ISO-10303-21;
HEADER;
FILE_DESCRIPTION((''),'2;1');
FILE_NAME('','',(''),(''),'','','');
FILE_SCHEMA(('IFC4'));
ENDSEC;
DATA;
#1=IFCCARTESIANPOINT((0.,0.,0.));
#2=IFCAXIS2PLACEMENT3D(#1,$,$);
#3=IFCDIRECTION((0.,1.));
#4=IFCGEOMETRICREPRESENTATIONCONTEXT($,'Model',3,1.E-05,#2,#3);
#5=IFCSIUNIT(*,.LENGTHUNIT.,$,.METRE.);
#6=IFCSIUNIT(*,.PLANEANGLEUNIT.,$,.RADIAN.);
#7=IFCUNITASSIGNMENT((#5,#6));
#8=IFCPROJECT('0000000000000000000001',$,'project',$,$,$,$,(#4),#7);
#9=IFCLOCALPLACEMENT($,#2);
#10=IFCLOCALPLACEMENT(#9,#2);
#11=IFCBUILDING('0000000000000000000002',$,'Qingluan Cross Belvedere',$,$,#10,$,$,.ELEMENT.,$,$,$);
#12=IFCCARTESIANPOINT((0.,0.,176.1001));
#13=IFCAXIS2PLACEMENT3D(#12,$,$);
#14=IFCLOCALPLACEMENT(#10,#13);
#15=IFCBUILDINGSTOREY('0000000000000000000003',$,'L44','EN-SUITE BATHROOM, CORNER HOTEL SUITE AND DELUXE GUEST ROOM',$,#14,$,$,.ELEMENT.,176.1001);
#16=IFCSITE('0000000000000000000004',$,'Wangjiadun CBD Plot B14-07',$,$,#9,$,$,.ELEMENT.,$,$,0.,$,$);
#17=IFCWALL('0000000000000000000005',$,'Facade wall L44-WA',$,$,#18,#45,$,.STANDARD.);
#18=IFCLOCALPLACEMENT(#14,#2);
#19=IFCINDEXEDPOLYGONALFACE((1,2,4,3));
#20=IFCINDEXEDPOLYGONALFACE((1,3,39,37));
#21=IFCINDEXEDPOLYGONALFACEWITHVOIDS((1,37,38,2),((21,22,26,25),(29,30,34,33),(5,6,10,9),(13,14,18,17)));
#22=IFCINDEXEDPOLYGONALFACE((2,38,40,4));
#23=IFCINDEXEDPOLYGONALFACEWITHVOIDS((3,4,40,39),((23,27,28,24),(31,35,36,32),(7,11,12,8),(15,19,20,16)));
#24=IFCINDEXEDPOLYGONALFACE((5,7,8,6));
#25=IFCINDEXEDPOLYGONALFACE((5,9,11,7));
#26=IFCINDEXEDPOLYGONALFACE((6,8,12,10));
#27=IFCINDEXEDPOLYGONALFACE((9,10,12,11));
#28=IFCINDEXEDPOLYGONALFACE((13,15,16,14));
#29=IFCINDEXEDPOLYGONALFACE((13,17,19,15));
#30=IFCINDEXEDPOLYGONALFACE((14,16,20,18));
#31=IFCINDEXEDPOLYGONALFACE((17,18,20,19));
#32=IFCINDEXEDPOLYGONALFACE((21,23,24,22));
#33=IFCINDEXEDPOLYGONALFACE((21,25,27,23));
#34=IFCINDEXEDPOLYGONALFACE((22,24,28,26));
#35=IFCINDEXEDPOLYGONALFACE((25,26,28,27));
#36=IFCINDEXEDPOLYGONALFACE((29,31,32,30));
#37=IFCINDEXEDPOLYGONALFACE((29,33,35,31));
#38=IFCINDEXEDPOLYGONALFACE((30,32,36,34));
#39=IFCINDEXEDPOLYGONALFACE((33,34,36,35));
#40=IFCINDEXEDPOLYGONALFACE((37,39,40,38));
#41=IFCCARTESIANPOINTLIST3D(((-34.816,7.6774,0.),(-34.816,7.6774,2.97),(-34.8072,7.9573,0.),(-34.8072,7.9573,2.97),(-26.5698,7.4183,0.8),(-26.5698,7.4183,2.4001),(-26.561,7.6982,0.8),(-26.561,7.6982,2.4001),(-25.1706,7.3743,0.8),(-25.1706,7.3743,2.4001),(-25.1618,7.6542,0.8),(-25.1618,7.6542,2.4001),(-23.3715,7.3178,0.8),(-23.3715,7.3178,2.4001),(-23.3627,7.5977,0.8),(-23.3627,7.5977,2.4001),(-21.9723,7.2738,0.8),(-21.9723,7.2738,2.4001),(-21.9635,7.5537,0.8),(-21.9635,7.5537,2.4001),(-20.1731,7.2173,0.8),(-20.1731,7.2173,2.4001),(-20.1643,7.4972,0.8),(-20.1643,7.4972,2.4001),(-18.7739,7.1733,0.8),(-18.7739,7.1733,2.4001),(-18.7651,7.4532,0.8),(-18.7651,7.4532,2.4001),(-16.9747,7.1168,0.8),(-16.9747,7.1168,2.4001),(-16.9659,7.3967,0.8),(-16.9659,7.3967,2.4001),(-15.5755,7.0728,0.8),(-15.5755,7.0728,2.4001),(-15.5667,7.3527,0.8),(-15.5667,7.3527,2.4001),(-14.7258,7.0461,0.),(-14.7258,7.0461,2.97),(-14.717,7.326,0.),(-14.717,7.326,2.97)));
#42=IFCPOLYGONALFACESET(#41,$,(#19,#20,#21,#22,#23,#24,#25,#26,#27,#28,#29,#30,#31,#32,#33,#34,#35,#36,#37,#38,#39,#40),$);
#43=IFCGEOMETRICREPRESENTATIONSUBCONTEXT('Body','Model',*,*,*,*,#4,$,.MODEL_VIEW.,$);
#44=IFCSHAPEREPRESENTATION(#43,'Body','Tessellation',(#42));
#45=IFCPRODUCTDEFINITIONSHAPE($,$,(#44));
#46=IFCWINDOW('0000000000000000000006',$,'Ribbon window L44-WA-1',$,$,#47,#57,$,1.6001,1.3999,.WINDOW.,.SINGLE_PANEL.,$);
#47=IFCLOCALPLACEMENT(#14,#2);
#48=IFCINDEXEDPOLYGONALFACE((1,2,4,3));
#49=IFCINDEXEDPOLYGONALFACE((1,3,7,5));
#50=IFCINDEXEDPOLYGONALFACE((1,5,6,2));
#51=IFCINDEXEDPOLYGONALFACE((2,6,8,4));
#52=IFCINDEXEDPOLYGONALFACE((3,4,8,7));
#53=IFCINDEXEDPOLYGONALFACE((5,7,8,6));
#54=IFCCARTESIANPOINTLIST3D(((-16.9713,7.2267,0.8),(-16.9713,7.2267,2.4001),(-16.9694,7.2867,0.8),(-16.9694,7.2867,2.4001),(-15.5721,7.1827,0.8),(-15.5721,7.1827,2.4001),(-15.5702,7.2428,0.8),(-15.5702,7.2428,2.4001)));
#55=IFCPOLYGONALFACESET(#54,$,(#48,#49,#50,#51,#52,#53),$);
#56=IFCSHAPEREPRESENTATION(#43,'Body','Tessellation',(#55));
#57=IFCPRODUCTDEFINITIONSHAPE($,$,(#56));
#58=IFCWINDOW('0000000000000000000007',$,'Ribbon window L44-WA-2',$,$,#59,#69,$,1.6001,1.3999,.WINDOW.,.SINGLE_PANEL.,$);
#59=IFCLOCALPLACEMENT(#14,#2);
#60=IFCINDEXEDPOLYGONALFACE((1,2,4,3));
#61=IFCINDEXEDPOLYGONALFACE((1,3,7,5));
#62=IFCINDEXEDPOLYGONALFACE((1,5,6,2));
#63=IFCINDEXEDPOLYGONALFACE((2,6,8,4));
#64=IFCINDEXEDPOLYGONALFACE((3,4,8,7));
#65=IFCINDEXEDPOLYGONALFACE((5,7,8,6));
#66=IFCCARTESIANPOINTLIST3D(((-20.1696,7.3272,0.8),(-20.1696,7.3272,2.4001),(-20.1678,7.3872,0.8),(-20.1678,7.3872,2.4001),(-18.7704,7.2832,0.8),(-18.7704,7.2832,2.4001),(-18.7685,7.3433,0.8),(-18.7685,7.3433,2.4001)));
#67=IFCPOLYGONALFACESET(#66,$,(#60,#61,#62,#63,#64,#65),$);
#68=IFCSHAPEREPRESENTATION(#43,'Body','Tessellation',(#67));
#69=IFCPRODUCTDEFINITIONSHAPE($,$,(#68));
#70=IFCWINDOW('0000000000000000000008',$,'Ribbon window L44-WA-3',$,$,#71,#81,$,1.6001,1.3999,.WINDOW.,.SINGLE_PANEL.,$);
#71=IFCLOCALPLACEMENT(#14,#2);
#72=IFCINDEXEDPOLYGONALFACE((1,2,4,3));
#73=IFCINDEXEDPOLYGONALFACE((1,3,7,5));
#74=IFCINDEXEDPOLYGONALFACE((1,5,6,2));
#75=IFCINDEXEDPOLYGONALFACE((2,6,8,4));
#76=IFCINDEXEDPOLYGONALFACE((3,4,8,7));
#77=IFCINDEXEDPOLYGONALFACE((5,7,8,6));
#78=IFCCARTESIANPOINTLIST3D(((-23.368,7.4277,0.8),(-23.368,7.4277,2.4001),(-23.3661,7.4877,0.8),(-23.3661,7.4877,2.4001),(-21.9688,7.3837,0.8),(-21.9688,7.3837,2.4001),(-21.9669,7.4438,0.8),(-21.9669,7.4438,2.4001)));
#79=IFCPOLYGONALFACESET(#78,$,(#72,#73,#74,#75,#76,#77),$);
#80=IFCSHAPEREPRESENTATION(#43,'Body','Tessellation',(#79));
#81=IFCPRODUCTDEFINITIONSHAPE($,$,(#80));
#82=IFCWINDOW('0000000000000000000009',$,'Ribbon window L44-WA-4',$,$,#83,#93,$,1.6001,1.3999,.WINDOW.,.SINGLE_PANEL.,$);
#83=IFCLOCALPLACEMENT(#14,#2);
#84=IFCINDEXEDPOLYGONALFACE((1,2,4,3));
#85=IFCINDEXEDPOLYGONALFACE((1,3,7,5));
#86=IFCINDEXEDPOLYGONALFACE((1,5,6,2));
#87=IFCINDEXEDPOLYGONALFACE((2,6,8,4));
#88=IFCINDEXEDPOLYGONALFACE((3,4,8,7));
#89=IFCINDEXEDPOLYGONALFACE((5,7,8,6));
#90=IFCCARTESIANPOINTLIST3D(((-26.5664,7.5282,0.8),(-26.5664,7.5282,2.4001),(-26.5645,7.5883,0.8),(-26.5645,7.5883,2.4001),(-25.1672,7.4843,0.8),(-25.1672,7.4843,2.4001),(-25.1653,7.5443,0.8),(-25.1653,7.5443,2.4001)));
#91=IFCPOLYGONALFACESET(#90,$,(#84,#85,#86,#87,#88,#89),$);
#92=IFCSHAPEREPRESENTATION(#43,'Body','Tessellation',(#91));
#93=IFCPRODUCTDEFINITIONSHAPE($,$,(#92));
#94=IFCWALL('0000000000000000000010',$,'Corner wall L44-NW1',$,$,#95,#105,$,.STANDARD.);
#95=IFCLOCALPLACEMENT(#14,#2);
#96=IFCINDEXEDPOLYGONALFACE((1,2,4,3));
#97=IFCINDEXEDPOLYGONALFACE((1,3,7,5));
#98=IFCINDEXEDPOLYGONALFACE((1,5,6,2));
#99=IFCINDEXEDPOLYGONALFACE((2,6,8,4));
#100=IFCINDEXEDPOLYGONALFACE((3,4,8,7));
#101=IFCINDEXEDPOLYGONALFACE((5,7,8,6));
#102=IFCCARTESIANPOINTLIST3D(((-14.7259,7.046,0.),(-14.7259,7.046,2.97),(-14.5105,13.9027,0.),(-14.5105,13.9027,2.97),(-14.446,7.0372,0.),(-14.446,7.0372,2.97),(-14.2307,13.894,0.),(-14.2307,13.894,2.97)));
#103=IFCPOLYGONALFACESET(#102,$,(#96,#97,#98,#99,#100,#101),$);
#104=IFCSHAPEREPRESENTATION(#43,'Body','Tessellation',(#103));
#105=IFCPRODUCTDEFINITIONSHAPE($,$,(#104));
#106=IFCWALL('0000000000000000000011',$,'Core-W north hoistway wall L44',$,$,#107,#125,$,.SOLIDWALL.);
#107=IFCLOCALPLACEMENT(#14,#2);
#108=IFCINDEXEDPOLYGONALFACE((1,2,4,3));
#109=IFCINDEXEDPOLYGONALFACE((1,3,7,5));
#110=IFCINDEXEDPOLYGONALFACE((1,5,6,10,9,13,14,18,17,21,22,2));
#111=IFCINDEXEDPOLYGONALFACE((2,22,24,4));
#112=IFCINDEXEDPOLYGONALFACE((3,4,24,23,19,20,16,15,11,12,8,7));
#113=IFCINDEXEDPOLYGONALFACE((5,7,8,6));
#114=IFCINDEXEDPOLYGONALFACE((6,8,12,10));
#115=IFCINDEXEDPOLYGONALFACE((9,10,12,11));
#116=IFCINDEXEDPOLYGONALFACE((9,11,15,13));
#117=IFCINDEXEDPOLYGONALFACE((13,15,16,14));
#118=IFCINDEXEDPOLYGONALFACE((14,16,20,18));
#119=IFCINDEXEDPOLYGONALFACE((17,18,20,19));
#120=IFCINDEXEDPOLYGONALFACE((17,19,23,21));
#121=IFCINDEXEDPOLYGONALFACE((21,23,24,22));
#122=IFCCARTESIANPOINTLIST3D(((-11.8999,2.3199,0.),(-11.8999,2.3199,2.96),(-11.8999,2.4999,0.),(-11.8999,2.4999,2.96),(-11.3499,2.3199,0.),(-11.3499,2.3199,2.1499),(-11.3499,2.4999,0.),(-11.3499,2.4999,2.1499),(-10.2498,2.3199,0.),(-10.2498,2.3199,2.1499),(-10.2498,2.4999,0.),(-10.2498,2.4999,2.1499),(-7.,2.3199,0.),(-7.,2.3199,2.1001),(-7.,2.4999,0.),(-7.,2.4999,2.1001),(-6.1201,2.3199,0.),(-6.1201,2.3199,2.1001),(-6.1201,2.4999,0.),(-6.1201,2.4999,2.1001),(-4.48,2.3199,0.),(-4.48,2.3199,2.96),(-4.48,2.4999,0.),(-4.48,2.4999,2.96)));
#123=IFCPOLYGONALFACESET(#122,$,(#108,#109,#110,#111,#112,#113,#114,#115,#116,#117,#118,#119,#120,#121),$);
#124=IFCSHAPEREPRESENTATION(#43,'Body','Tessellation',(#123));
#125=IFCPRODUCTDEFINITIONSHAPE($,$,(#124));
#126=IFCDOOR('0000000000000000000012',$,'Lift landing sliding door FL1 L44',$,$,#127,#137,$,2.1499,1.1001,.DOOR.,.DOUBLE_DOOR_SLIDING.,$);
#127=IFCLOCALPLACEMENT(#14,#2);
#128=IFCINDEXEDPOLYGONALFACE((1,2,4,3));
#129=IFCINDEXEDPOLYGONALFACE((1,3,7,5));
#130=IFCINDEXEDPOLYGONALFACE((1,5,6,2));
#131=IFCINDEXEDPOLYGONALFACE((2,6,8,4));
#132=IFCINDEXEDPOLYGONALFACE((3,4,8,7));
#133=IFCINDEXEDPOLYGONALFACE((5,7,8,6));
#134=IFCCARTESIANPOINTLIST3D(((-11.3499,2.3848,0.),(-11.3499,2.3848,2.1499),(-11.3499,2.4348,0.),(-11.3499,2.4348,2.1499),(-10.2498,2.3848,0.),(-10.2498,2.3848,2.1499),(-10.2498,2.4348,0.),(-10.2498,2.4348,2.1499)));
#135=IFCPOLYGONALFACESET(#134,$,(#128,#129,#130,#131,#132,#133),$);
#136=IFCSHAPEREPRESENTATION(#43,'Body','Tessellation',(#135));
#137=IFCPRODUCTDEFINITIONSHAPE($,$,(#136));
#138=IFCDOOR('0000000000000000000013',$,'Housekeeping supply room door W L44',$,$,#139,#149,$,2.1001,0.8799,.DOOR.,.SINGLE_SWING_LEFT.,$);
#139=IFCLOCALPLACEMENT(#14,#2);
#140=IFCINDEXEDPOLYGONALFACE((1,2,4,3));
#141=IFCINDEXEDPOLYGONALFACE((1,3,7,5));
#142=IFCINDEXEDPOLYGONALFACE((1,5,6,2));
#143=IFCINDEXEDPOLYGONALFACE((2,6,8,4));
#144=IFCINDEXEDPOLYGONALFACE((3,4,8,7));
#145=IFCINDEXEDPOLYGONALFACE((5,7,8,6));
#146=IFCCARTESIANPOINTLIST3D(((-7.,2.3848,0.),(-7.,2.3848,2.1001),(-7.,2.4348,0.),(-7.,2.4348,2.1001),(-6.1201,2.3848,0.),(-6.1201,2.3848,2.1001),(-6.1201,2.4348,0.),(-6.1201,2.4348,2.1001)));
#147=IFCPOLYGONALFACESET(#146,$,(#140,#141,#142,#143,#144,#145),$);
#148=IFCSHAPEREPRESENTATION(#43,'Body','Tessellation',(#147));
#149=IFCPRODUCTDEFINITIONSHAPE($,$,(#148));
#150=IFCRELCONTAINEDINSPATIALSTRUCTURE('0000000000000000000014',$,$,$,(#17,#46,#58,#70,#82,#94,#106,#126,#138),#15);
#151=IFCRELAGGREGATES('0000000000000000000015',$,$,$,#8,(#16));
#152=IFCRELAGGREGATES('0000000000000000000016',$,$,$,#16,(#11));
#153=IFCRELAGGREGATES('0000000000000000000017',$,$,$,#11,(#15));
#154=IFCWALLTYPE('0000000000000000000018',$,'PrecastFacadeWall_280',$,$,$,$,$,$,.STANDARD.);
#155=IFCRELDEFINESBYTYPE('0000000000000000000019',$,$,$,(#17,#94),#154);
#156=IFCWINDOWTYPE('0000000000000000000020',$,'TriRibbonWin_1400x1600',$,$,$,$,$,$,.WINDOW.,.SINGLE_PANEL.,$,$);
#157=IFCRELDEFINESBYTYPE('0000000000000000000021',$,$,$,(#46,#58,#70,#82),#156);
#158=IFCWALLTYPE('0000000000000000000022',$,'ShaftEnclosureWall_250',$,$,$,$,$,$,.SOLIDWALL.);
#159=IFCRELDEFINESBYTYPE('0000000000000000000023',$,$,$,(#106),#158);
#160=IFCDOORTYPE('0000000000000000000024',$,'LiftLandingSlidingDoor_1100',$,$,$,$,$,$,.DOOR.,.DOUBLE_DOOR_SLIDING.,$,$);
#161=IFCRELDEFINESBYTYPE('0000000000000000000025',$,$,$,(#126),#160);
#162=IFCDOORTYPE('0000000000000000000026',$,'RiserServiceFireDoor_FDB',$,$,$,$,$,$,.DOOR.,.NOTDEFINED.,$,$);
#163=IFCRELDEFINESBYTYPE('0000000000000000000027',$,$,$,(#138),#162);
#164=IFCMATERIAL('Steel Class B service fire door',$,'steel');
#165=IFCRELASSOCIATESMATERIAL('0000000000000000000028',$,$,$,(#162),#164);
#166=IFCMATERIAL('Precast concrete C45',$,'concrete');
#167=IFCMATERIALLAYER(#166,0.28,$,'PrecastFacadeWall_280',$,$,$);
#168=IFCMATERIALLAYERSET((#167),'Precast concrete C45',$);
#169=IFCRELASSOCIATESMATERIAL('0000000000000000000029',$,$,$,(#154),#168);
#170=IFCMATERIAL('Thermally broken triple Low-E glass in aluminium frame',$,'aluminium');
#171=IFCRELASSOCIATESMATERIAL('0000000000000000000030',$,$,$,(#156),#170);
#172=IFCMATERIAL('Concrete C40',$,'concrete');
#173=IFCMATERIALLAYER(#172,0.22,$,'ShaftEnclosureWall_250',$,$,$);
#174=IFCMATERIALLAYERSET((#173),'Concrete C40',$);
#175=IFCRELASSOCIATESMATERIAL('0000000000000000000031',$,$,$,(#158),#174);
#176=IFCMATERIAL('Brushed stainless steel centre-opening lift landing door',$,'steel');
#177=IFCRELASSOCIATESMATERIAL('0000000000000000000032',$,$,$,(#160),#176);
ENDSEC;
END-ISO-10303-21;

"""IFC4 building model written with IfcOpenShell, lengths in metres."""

from ifc_helpers import new_model, si_unit, direction, frame, frame_2d, origin, place, context, subcontext, project, spatial, rectangle, extrude, material, layer, layer_set, type_object, element, fill, save


model = new_model("IFC4")

# Units and contexts
model_context = context("Model", 3, precision=1e-05, world=origin(), true_north=direction((0.0, 1.0)))
body_context = subcontext(model_context, "Body", "Model", "MODEL_VIEW")
ifc_project = project(units=[si_unit("LENGTHUNIT", "METRE"), si_unit("PLANEANGLEUNIT", "RADIAN")], contexts=[model_context])

# Site, building, storey
site_placement = place(None, origin())
site = spatial("IfcSite", under=ifc_project, at=site_placement, Name="Wangjiadun CBD Plot B14-07", CompositionType="ELEMENT", RefElevation=0.0)
building_placement = place(site_placement, origin())
building = spatial("IfcBuilding", under=site, at=building_placement, Name="Qingluan Cross Belvedere", CompositionType="ELEMENT")
storey_placement = place(building_placement, frame((0.0, 0.0, 176.1001)))
storey = spatial("IfcBuildingStorey", under=building, at=storey_placement, Name="L44", Description="EN-SUITE BATHROOM, CORNER HOTEL SUITE AND DELUXE GUEST ROOM", CompositionType="ELEMENT", Elevation=176.1001)

# Shared definitions
ifc_material_1 = material(Name="Steel Class B service fire door", Category="steel")
door_type_1 = type_object("IfcDoorType", Name="RiserServiceFireDoor_FDB", OperationType="NOTDEFINED", PredefinedType="DOOR", material=ifc_material_1)

# Wall, openings, windows
ifc_material_2 = material(Name="Precast concrete C45", Category="concrete")
ifc_layer_1 = layer(ifc_material_2, 0.28, Name="PrecastFacadeWall_280")
ifc_layer_set_1 = layer_set([ifc_layer_1], Name="Precast concrete C45")
wall_type_1 = type_object("IfcWallType", Name="PrecastFacadeWall_280", PredefinedType="STANDARD", material=ifc_layer_set_1)
wall_1_placement = place(storey_placement, frame((-14.7214, 7.186, 0.0), z_axis=(0.0, 0.0, 1.0), x_axis=(-0.999507, 0.03141, 0.0)))
wall_1 = element("IfcWall", 1, at=wall_1_placement, inside=storey, type_object=wall_type_1, Name="Facade wall L44-WA", PredefinedType="STANDARD", context=body_context, shape_type="SweptSolid", body=[
    extrude(rectangle(XDim=20.1001, YDim=0.28, at=frame_2d((10.05, 0.0))), origin(), (0.0, 0.0, 1.0), 2.97),
])
opening_1_placement = place(wall_1_placement, frame((0.8501, 0.0, 0.8)))
opening_1 = element("IfcOpeningElement", 2, at=opening_1_placement, cuts=wall_1, PredefinedType="OPENING", context=body_context, shape_type="SweptSolid", body=[
    extrude(rectangle(XDim=1.3999, YDim=1.6001, at=frame_2d((0.7, 0.8))), frame((0.0, 0.1499, 0.0), z_axis=(0.0, -1.0, 0.0), x_axis=(1.0, 0.0, 0.0)), (0.0, 0.0, 1.0), 0.3),
])
opening_2_placement = place(wall_1_placement, frame((4.05, 0.0, 0.8)))
opening_2 = element("IfcOpeningElement", 3, at=opening_2_placement, cuts=wall_1, PredefinedType="OPENING", context=body_context, shape_type="SweptSolid", body=[
    extrude(rectangle(XDim=1.3999, YDim=1.6001, at=frame_2d((0.7, 0.8))), frame((0.0, 0.1499, 0.0), z_axis=(0.0, -1.0, 0.0), x_axis=(1.0, 0.0, 0.0)), (0.0, 0.0, 1.0), 0.3),
])
opening_3_placement = place(wall_1_placement, frame((7.25, 0.0, 0.8)))
opening_3 = element("IfcOpeningElement", 4, at=opening_3_placement, cuts=wall_1, PredefinedType="OPENING", context=body_context, shape_type="SweptSolid", body=[
    extrude(rectangle(XDim=1.3999, YDim=1.6001, at=frame_2d((0.7, 0.8))), frame((0.0, 0.1499, 0.0), z_axis=(0.0, -1.0, 0.0), x_axis=(1.0, 0.0, 0.0)), (0.0, 0.0, 1.0), 0.3),
])
opening_4_placement = place(wall_1_placement, frame((10.45, 0.0, 0.8)))
opening_4 = element("IfcOpeningElement", 5, at=opening_4_placement, cuts=wall_1, PredefinedType="OPENING", context=body_context, shape_type="SweptSolid", body=[
    extrude(rectangle(XDim=1.3999, YDim=1.6001, at=frame_2d((0.7, 0.8))), frame((0.0, 0.1499, 0.0), z_axis=(0.0, -1.0, 0.0), x_axis=(1.0, 0.0, 0.0)), (0.0, 0.0, 1.0), 0.3),
])
ifc_material_3 = material(Name="Thermally broken triple Low-E glass in aluminium frame", Category="aluminium")
window_type = type_object("IfcWindowType", Name="TriRibbonWin_1400x1600", PartitioningType="SINGLE_PANEL", PredefinedType="WINDOW", material=ifc_material_3)
window_1_placement = place(opening_1_placement, origin())
window_1 = element("IfcWindow", 6, at=window_1_placement, inside=storey, type_object=window_type, Name="Ribbon window L44-WA-1", OverallHeight=1.6001, OverallWidth=1.3999, PartitioningType="SINGLE_PANEL", PredefinedType="WINDOW", context=body_context, shape_type="SweptSolid", body=[
    extrude(rectangle(XDim=1.3999, YDim=1.6001, at=frame_2d((0.7, 0.8))), frame((0.0, 0.03, 0.0), z_axis=(0.0, -1.0, 0.0), x_axis=(1.0, 0.0, 0.0)), (0.0, 0.0, 1.0), 0.0601),
])
fill(opening_1, window_1)
window_2_placement = place(opening_2_placement, origin())
window_2 = element("IfcWindow", 7, at=window_2_placement, inside=storey, type_object=window_type, Name="Ribbon window L44-WA-2", OverallHeight=1.6001, OverallWidth=1.3999, PartitioningType="SINGLE_PANEL", PredefinedType="WINDOW", context=body_context, shape_type="SweptSolid", body=[
    extrude(rectangle(XDim=1.3999, YDim=1.6001, at=frame_2d((0.7, 0.8))), frame((0.0, 0.03, 0.0), z_axis=(0.0, -1.0, 0.0), x_axis=(1.0, 0.0, 0.0)), (0.0, 0.0, 1.0), 0.0601),
])
fill(opening_2, window_2)
window_3_placement = place(opening_3_placement, origin())
window_3 = element("IfcWindow", 8, at=window_3_placement, inside=storey, type_object=window_type, Name="Ribbon window L44-WA-3", OverallHeight=1.6001, OverallWidth=1.3999, PartitioningType="SINGLE_PANEL", PredefinedType="WINDOW", context=body_context, shape_type="SweptSolid", body=[
    extrude(rectangle(XDim=1.3999, YDim=1.6001, at=frame_2d((0.7, 0.8))), frame((0.0, 0.03, 0.0), z_axis=(0.0, -1.0, 0.0), x_axis=(1.0, 0.0, 0.0)), (0.0, 0.0, 1.0), 0.0601),
])
fill(opening_3, window_3)
window_4_placement = place(opening_4_placement, origin())
window_4 = element("IfcWindow", 9, at=window_4_placement, inside=storey, type_object=window_type, Name="Ribbon window L44-WA-4", OverallHeight=1.6001, OverallWidth=1.3999, PartitioningType="SINGLE_PANEL", PredefinedType="WINDOW", context=body_context, shape_type="SweptSolid", body=[
    extrude(rectangle(XDim=1.3999, YDim=1.6001, at=frame_2d((0.7, 0.8))), frame((0.0, 0.03, 0.0), z_axis=(0.0, -1.0, 0.0), x_axis=(1.0, 0.0, 0.0)), (0.0, 0.0, 1.0), 0.0601),
])
fill(opening_4, window_4)

# Wall
wall_2_placement = place(storey_placement, frame((-14.5859, 7.0415, 0.0), z_axis=(0.0, 0.0, 1.0), x_axis=(0.031389, 0.999507, 0.0)))
element("IfcWall", 10, at=wall_2_placement, inside=storey, type_object=wall_type_1, Name="Corner wall L44-NW1", PredefinedType="STANDARD", context=body_context, shape_type="SweptSolid", body=[
    extrude(rectangle(XDim=6.8601, YDim=0.28, at=frame_2d((3.4302, 0.0))), origin(), (0.0, 0.0, 1.0), 2.97),
])

# Wall, openings, doors
ifc_material_4 = material(Name="Concrete C40", Category="concrete")
ifc_layer_2 = layer(ifc_material_4, 0.22, Name="ShaftEnclosureWall_250")
ifc_layer_set_2 = layer_set([ifc_layer_2], Name="Concrete C40")
wall_type_2 = type_object("IfcWallType", Name="ShaftEnclosureWall_250", PredefinedType="SOLIDWALL", material=ifc_layer_set_2)
wall_3_placement = place(storey_placement, frame((-11.8999, 2.4099, 0.0), z_axis=(0.0, 0.0, 1.0), x_axis=(1.0, 0.0, 0.0)))
wall_3 = element("IfcWall", 11, at=wall_3_placement, inside=storey, type_object=wall_type_2, Name="Core-W north hoistway wall L44", PredefinedType="SOLIDWALL", context=body_context, shape_type="SweptSolid", body=[
    extrude(rectangle(XDim=7.4199, YDim=0.1799, at=frame_2d((3.71, 0.0))), origin(), (0.0, 0.0, 1.0), 2.96),
])
opening_5_placement = place(wall_3_placement, frame((0.55, 0.0, 0.0)))
opening_5 = element("IfcOpeningElement", 12, at=opening_5_placement, cuts=wall_3, PredefinedType="OPENING", context=body_context, shape_type="SweptSolid", body=[
    extrude(rectangle(XDim=1.1001, YDim=2.1499, at=frame_2d((0.55, 1.075))), frame((0.0, 0.0999, 0.0), z_axis=(0.0, -1.0, 0.0), x_axis=(1.0, 0.0, 0.0)), (0.0, 0.0, 1.0), 0.2),
])
opening_6_placement = place(wall_3_placement, frame((4.8999, 0.0, 0.0)))
opening_6 = element("IfcOpeningElement", 13, at=opening_6_placement, cuts=wall_3, PredefinedType="OPENING", context=body_context, shape_type="SweptSolid", body=[
    extrude(rectangle(XDim=0.8799, YDim=2.1001, at=frame_2d((0.4399, 1.05))), frame((0.0, 0.0999, 0.0), z_axis=(0.0, -1.0, 0.0), x_axis=(1.0, 0.0, 0.0)), (0.0, 0.0, 1.0), 0.2),
])
ifc_material_5 = material(Name="Brushed stainless steel centre-opening lift landing door", Category="steel")
door_type_2 = type_object("IfcDoorType", Name="LiftLandingSlidingDoor_1100", OperationType="DOUBLE_DOOR_SLIDING", PredefinedType="DOOR", material=ifc_material_5)
door_1_placement = place(opening_5_placement, origin())
door_1 = element("IfcDoor", 14, at=door_1_placement, inside=storey, type_object=door_type_2, Name="Lift landing sliding door FL1 L44", OperationType="DOUBLE_DOOR_SLIDING", OverallHeight=2.1499, OverallWidth=1.1001, PredefinedType="DOOR", context=body_context, shape_type="SweptSolid", body=[
    extrude(rectangle(XDim=1.1001, YDim=2.1499, at=frame_2d((0.55, 1.075))), frame((0.0, 0.0249, 0.0), z_axis=(0.0, -1.0, 0.0), x_axis=(1.0, 0.0, 0.0)), (0.0, 0.0, 1.0), 0.05),
])
fill(opening_5, door_1)
door_2_placement = place(opening_6_placement, origin())
door_2 = element("IfcDoor", 15, at=door_2_placement, inside=storey, type_object=door_type_1, Name="Housekeeping supply room door W L44", OperationType="SINGLE_SWING_LEFT", OverallHeight=2.1001, OverallWidth=0.8799, PredefinedType="DOOR", context=body_context, shape_type="SweptSolid", body=[
    extrude(rectangle(XDim=0.8799, YDim=2.1001, at=frame_2d((0.4399, 1.05))), frame((0.0, 0.0249, 0.0), z_axis=(0.0, -1.0, 0.0), x_axis=(1.0, 0.0, 0.0)), (0.0, 0.0, 1.0), 0.05),
])
fill(opening_6, door_2)

save(model, "model.ifc")
